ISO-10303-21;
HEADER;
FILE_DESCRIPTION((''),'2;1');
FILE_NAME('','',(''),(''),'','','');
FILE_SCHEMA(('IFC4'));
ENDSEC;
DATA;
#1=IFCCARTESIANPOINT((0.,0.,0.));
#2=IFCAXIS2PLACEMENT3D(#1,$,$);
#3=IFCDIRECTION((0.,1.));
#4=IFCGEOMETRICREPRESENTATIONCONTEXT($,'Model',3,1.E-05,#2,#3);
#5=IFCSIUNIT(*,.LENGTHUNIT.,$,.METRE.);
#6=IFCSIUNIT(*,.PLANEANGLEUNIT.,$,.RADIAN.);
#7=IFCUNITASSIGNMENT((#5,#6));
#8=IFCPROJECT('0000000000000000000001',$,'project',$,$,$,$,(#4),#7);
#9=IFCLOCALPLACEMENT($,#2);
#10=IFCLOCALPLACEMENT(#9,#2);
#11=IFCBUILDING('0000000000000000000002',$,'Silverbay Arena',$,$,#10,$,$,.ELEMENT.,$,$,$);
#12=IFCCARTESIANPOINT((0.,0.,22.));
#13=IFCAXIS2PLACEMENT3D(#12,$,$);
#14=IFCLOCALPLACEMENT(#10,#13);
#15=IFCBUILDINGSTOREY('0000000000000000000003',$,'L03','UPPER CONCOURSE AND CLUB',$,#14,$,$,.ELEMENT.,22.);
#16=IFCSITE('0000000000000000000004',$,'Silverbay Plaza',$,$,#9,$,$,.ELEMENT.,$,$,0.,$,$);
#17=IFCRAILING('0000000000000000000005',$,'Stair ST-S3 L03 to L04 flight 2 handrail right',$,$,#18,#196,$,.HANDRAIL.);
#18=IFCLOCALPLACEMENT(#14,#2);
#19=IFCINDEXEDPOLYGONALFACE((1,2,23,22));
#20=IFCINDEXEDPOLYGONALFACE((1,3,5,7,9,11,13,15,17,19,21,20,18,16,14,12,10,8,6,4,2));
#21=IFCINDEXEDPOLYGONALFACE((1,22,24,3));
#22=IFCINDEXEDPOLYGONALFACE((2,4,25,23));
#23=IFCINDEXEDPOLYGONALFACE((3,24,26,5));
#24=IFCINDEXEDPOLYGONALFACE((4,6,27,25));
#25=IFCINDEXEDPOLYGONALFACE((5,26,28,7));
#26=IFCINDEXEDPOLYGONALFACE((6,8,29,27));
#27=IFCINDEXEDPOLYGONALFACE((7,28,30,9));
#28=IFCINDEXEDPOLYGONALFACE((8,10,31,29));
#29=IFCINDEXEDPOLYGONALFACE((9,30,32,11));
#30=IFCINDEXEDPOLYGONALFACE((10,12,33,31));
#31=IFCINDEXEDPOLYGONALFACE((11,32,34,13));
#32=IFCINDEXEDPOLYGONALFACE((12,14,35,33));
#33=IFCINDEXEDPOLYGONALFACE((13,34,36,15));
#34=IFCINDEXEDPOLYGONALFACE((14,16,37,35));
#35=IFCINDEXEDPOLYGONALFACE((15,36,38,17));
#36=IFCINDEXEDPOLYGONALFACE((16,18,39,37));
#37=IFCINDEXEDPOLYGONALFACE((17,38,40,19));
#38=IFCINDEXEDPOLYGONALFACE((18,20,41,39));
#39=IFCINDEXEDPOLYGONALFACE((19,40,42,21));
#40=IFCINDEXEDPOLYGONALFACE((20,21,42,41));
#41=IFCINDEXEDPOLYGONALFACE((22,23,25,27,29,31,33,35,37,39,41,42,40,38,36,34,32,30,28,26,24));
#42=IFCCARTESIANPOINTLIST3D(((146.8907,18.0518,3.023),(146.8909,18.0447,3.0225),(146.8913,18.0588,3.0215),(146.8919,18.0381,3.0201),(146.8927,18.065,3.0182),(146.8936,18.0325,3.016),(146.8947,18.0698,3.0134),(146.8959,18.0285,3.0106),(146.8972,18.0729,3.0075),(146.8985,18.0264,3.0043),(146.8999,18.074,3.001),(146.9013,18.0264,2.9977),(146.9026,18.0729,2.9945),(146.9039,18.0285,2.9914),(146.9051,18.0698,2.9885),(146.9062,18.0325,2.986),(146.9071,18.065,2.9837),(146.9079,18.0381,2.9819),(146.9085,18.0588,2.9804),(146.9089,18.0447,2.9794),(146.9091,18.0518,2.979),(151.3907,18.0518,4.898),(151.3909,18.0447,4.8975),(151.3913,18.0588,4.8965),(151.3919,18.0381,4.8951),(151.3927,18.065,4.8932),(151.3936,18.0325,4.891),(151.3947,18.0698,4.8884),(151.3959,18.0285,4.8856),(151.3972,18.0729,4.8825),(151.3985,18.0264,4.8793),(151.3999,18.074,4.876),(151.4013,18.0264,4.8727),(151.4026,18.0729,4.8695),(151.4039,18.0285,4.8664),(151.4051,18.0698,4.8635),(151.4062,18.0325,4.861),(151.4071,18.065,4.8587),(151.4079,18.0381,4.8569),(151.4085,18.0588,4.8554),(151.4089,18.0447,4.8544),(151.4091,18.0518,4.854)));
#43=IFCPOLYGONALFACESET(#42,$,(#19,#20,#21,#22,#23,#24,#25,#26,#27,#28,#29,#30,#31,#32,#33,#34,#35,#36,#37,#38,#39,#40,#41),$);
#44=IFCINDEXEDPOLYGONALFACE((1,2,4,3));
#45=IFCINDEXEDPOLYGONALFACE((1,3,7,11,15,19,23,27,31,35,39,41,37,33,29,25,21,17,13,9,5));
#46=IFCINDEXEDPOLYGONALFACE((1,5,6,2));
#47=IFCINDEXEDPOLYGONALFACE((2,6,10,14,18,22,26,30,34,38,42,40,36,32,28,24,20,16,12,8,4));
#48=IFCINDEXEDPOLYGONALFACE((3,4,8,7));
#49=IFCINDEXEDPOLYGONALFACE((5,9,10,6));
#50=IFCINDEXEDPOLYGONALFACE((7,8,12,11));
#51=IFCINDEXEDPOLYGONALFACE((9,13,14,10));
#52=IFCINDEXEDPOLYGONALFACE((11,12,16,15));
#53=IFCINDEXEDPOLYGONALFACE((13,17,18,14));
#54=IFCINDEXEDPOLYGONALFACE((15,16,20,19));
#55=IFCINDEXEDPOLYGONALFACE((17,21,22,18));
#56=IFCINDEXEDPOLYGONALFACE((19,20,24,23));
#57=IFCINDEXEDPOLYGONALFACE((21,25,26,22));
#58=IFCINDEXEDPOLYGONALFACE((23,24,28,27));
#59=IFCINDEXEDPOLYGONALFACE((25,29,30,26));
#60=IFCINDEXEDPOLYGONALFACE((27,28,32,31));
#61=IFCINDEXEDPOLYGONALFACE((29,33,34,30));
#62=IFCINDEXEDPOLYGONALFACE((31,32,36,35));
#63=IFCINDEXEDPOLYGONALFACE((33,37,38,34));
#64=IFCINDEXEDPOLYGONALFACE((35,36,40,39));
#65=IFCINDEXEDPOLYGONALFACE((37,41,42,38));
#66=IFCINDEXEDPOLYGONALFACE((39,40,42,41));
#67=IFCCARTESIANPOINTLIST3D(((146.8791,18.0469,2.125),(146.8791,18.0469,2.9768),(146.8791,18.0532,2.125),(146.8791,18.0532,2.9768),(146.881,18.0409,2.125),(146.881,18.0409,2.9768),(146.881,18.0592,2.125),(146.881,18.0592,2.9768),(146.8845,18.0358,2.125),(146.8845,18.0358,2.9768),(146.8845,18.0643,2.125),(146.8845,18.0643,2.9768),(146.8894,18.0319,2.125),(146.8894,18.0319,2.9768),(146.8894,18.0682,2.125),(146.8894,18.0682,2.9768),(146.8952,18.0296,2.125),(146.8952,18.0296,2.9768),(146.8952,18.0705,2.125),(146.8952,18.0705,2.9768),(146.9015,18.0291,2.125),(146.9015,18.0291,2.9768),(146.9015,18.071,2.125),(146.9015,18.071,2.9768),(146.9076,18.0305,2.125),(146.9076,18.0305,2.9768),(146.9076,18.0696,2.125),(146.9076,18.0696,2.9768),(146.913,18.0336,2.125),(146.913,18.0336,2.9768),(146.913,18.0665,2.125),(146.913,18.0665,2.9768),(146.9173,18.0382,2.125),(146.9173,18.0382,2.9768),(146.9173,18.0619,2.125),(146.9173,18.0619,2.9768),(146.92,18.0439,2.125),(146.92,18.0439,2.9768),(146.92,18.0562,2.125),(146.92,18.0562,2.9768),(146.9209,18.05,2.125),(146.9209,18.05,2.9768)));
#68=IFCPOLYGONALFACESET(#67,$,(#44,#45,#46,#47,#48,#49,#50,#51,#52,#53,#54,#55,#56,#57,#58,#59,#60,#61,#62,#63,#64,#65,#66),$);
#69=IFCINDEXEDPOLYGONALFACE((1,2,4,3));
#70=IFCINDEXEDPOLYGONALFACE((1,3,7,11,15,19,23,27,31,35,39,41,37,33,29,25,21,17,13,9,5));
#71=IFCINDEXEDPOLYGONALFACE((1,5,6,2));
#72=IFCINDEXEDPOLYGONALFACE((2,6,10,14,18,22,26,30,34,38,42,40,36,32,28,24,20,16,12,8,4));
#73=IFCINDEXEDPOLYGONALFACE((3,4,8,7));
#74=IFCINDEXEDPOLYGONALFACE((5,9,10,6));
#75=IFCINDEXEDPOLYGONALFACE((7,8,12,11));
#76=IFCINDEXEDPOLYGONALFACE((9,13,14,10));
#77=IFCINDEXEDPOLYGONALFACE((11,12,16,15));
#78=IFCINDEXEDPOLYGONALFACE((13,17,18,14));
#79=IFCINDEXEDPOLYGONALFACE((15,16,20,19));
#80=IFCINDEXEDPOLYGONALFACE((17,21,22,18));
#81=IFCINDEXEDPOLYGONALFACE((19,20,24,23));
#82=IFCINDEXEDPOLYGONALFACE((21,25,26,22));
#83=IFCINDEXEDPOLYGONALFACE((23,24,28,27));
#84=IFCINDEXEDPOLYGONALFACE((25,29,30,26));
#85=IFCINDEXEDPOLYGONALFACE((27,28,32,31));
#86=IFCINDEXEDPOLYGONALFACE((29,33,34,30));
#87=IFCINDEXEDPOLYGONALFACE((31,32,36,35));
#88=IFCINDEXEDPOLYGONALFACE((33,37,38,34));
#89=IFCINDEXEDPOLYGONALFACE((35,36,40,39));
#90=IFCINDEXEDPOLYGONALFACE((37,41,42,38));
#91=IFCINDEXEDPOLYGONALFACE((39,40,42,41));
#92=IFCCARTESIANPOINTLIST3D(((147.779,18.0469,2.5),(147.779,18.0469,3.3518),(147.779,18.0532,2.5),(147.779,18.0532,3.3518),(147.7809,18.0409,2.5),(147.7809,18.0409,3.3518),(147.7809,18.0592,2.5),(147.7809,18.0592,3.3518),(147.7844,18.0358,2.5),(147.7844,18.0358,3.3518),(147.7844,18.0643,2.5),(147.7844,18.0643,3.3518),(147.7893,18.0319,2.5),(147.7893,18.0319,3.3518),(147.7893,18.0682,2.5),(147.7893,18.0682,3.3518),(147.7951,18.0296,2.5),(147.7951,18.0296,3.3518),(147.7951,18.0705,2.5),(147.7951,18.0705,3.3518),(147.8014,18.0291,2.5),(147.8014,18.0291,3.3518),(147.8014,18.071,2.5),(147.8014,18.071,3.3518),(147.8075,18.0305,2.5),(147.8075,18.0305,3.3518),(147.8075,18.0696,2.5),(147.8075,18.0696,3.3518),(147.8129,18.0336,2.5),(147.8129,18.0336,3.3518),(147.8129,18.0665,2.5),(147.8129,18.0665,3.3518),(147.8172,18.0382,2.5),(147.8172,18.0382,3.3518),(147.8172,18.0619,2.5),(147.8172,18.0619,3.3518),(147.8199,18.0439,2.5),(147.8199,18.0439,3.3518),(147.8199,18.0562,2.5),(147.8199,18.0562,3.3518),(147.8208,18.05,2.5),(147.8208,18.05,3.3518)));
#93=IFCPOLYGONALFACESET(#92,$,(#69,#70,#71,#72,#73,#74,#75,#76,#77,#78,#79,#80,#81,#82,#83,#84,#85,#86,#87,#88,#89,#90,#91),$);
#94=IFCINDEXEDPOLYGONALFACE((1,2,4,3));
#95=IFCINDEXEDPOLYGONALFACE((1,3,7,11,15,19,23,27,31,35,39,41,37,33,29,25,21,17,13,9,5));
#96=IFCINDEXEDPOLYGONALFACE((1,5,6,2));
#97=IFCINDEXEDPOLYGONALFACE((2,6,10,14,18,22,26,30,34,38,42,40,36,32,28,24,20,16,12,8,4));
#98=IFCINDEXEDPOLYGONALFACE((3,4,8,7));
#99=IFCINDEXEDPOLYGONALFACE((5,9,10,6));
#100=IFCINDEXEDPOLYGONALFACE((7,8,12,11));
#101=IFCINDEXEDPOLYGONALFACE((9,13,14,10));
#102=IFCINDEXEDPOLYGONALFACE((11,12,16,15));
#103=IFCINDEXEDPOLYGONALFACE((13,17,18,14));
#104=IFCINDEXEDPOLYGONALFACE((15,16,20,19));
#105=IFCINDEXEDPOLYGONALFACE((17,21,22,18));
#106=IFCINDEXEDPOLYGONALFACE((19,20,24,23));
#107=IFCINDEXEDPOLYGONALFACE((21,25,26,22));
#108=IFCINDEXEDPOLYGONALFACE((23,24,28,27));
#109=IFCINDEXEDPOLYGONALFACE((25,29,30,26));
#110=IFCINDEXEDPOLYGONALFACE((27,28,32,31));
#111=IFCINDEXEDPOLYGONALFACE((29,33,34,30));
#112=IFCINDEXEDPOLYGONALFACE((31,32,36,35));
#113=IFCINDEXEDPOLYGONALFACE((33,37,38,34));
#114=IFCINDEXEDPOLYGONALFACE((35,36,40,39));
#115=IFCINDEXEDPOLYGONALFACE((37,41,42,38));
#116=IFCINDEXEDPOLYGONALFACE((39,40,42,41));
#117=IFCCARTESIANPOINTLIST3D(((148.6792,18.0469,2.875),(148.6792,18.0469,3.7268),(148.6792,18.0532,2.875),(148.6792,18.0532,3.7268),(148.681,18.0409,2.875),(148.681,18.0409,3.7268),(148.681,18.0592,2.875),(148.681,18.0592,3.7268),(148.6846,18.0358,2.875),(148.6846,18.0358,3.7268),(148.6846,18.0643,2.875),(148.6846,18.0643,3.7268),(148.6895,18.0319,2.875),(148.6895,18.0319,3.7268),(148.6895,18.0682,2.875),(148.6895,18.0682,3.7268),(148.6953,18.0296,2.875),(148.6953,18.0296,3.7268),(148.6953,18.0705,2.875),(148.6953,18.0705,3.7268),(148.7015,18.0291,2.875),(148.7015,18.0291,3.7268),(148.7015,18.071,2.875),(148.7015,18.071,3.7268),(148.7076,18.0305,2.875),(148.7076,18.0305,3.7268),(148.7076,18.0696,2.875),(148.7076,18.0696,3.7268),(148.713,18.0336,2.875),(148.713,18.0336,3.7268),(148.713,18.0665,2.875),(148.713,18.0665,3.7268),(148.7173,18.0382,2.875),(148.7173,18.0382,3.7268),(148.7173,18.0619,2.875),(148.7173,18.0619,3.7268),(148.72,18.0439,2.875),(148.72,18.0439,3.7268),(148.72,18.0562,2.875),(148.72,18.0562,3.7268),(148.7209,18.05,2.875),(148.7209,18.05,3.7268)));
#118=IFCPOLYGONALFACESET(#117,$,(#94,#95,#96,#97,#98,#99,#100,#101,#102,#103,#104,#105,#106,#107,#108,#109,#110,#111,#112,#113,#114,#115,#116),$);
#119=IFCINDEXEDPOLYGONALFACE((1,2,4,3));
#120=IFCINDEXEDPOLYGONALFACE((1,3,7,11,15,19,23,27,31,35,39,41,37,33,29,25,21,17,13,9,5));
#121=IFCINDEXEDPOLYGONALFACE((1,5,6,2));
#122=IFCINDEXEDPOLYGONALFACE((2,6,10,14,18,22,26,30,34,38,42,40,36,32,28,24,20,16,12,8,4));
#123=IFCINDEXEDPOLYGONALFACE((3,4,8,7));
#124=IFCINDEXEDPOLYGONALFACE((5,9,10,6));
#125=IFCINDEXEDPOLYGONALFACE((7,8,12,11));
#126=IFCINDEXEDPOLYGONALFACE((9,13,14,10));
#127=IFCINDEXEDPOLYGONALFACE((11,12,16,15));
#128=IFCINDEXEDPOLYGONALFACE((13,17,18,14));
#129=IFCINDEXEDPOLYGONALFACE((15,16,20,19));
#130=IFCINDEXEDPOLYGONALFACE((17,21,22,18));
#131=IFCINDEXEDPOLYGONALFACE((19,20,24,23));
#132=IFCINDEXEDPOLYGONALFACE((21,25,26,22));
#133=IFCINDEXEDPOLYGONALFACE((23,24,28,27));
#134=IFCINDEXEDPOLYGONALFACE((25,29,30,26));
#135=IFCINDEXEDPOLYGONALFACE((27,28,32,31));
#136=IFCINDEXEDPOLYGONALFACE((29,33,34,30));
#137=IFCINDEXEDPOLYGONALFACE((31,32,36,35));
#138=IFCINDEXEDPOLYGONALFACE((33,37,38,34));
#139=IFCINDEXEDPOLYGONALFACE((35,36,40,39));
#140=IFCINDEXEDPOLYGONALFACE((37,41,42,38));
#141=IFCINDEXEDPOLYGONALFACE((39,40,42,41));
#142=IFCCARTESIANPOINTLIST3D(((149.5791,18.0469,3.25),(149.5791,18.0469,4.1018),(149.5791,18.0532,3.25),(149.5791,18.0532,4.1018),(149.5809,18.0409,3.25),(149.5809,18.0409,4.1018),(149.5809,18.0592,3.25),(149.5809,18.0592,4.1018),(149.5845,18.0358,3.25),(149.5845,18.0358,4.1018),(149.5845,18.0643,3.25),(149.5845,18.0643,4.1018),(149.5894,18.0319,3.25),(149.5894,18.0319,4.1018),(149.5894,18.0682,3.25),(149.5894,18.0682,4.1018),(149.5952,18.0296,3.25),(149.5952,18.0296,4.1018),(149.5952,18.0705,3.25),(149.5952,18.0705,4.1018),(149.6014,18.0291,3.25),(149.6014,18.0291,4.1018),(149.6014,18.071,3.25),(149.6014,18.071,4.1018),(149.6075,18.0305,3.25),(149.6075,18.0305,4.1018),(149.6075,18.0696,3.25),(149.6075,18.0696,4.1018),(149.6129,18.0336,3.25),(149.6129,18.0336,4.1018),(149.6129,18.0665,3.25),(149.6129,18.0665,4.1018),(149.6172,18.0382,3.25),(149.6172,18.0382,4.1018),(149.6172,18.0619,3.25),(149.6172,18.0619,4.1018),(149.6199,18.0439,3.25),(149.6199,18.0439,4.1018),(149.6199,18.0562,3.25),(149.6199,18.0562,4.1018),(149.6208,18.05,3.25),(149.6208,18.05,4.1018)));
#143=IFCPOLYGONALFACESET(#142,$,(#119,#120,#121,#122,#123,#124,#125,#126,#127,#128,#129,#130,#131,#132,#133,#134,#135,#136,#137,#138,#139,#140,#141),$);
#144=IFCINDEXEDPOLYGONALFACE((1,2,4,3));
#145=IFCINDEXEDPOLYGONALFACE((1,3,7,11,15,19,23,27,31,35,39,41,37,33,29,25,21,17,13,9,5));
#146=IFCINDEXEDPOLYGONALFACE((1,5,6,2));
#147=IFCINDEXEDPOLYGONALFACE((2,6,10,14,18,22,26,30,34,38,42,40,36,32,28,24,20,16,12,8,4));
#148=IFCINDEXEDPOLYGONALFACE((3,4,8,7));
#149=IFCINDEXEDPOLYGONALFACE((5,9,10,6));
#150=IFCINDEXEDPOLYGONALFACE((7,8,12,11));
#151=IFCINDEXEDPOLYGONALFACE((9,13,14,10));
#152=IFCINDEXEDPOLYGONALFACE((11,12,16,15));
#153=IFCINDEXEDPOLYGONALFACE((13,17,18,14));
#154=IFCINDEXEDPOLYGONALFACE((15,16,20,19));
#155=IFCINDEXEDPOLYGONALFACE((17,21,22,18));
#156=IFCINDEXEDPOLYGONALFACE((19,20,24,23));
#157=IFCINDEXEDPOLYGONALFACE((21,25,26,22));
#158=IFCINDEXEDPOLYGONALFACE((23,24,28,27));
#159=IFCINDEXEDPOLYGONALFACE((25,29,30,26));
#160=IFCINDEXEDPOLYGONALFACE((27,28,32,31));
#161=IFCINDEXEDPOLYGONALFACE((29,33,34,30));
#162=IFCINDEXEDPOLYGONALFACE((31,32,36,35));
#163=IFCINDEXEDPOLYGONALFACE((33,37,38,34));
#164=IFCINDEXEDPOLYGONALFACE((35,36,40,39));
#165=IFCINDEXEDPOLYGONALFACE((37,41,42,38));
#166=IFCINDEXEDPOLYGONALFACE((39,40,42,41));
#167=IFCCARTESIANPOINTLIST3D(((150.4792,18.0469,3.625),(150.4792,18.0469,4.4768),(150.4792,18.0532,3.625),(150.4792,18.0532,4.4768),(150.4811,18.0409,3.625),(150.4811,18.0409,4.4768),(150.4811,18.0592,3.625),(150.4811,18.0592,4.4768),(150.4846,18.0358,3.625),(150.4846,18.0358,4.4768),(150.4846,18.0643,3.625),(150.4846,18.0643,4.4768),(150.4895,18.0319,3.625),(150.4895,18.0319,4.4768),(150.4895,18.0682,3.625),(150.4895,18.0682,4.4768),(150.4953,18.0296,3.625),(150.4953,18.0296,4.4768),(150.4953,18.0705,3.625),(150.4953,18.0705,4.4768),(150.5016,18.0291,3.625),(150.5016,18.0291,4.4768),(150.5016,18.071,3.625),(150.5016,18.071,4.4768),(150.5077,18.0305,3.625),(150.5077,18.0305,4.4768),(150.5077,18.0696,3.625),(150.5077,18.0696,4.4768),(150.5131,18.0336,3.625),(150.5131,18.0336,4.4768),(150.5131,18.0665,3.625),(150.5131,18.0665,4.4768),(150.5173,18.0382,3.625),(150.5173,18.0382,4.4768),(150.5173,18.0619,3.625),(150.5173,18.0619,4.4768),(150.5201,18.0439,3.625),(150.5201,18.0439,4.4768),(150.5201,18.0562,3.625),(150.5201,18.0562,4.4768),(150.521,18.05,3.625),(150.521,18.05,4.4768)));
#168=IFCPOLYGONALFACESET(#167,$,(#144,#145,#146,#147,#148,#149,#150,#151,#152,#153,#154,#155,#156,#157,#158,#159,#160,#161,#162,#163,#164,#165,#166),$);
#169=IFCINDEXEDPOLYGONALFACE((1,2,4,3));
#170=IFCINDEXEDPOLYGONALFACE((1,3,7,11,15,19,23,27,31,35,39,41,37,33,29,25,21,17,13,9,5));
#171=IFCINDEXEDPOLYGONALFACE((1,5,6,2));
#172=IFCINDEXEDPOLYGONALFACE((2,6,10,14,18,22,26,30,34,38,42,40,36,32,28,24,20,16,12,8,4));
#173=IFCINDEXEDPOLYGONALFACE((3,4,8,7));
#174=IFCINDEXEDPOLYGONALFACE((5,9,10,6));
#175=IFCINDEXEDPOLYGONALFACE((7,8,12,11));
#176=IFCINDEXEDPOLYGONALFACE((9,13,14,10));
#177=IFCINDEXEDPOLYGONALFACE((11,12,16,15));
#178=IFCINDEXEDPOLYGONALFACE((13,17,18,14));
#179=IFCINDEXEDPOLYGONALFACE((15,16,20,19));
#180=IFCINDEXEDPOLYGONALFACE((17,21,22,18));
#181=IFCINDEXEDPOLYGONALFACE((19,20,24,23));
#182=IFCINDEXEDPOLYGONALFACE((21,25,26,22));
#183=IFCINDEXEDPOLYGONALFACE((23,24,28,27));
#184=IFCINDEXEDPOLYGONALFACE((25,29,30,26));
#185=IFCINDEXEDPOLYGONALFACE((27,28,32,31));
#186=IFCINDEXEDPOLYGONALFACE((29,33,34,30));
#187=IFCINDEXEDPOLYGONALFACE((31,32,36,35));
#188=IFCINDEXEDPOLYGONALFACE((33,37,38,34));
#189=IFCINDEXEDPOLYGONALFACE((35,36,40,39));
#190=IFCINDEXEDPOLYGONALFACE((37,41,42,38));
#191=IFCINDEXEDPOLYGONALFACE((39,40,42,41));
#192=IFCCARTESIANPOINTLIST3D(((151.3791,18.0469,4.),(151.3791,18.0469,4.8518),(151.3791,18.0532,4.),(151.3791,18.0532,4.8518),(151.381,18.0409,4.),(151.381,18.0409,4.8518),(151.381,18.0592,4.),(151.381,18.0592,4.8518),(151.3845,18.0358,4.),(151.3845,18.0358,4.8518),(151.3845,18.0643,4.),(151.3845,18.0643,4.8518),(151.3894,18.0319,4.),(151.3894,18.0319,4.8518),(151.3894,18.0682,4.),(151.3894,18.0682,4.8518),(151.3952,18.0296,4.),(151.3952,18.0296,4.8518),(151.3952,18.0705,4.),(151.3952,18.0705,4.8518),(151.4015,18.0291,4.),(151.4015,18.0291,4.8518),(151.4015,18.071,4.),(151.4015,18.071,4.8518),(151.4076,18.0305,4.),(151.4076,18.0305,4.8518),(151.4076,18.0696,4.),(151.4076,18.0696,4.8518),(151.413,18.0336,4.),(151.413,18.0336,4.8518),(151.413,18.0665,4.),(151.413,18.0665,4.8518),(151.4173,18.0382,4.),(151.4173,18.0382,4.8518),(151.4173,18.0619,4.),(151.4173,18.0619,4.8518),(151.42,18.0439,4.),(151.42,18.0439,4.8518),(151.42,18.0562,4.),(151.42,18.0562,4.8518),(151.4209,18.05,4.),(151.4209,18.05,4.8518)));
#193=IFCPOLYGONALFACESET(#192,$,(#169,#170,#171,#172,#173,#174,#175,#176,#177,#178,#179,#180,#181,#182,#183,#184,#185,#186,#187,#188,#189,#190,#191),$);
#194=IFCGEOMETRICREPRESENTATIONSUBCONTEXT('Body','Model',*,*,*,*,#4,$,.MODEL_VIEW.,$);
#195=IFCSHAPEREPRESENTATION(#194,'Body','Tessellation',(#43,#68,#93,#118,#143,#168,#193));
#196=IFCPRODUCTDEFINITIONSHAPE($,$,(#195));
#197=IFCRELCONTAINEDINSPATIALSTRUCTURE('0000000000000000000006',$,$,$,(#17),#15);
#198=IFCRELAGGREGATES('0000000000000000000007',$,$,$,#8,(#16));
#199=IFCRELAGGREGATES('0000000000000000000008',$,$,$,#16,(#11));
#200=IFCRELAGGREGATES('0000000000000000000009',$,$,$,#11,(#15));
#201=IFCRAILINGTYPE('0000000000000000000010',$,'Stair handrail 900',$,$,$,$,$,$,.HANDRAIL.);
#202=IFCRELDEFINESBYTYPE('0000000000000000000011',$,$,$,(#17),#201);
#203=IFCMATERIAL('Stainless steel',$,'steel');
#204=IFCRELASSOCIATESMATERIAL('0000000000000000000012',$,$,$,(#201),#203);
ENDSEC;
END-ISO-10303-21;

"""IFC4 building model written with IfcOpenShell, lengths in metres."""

from ifc_helpers import new_model, si_unit, direction, frame, origin, origin_2d, place, context, subcontext, project, spatial, circle, extrude, material, type_object, element, save


model = new_model("IFC4")

# Units and contexts
model_context = context("Model", 3, precision=1e-05, world=origin(), true_north=direction((0.0, 1.0)))
body_context = subcontext(model_context, "Body", "Model", "MODEL_VIEW")
ifc_project = project(units=[si_unit("LENGTHUNIT", "METRE"), si_unit("PLANEANGLEUNIT", "RADIAN")], contexts=[model_context])

# Site, building, storey
site_placement = place(None, origin())
site = spatial("IfcSite", under=ifc_project, at=site_placement, Name="Silverbay Plaza", CompositionType="ELEMENT", RefElevation=0.0)
building_placement = place(site_placement, origin())
building = spatial("IfcBuilding", under=site, at=building_placement, Name="Silverbay Arena", CompositionType="ELEMENT")
storey_placement = place(building_placement, frame((0.0, 0.0, 22.0)))
storey = spatial("IfcBuildingStorey", under=building, at=storey_placement, Name="L03", Description="UPPER CONCOURSE AND CLUB", CompositionType="ELEMENT", Elevation=22.0)

# Railing
ifc_material_1 = material(Name="Stainless steel", Category="steel")
railing_type_1 = type_object("IfcRailingType", Name="Stair handrail 900", PredefinedType="HANDRAIL", material=ifc_material_1)
for number, where, name in (
    (1, (146.8999, 18.05, 2.125), "Stair ST-S3 L03 to L04 flight 2 handrail right"),
):
    element("IfcRailing", number, at=place(storey_placement, frame(where)), inside=storey, type_object=railing_type_1, Name=name, PredefinedType="HANDRAIL", context=body_context, shape_type="SweptSolid", body=[
        extrude(circle(Radius=0.0239, at=origin_2d()), frame((0.0, 0.0, 0.876), z_axis=(0.923077, 0.0, 0.384615), x_axis=(0.0, 1.0, 0.0)), (0.0, 0.0, 1.0), 4.875),
        extrude(circle(Radius=0.021, at=origin_2d()), origin(), (0.0, 0.0, 1.0), 0.8518),
        extrude(circle(Radius=0.021, at=origin_2d()), frame((0.8999, 0.0, 0.375)), (0.0, 0.0, 1.0), 0.8518),
        extrude(circle(Radius=0.021, at=origin_2d()), frame((1.8, 0.0, 0.75)), (0.0, 0.0, 1.0), 0.8518),
        extrude(circle(Radius=0.021, at=origin_2d()), frame((2.7, 0.0, 1.125)), (0.0, 0.0, 1.0), 0.8518),
        extrude(circle(Radius=0.021, at=origin_2d()), frame((3.6001, 0.0, 1.5)), (0.0, 0.0, 1.0), 0.8518),
        extrude(circle(Radius=0.021, at=origin_2d()), frame((4.5, 0.0, 1.875)), (0.0, 0.0, 1.0), 0.8518),
    ])

save(model, "model.ifc")
